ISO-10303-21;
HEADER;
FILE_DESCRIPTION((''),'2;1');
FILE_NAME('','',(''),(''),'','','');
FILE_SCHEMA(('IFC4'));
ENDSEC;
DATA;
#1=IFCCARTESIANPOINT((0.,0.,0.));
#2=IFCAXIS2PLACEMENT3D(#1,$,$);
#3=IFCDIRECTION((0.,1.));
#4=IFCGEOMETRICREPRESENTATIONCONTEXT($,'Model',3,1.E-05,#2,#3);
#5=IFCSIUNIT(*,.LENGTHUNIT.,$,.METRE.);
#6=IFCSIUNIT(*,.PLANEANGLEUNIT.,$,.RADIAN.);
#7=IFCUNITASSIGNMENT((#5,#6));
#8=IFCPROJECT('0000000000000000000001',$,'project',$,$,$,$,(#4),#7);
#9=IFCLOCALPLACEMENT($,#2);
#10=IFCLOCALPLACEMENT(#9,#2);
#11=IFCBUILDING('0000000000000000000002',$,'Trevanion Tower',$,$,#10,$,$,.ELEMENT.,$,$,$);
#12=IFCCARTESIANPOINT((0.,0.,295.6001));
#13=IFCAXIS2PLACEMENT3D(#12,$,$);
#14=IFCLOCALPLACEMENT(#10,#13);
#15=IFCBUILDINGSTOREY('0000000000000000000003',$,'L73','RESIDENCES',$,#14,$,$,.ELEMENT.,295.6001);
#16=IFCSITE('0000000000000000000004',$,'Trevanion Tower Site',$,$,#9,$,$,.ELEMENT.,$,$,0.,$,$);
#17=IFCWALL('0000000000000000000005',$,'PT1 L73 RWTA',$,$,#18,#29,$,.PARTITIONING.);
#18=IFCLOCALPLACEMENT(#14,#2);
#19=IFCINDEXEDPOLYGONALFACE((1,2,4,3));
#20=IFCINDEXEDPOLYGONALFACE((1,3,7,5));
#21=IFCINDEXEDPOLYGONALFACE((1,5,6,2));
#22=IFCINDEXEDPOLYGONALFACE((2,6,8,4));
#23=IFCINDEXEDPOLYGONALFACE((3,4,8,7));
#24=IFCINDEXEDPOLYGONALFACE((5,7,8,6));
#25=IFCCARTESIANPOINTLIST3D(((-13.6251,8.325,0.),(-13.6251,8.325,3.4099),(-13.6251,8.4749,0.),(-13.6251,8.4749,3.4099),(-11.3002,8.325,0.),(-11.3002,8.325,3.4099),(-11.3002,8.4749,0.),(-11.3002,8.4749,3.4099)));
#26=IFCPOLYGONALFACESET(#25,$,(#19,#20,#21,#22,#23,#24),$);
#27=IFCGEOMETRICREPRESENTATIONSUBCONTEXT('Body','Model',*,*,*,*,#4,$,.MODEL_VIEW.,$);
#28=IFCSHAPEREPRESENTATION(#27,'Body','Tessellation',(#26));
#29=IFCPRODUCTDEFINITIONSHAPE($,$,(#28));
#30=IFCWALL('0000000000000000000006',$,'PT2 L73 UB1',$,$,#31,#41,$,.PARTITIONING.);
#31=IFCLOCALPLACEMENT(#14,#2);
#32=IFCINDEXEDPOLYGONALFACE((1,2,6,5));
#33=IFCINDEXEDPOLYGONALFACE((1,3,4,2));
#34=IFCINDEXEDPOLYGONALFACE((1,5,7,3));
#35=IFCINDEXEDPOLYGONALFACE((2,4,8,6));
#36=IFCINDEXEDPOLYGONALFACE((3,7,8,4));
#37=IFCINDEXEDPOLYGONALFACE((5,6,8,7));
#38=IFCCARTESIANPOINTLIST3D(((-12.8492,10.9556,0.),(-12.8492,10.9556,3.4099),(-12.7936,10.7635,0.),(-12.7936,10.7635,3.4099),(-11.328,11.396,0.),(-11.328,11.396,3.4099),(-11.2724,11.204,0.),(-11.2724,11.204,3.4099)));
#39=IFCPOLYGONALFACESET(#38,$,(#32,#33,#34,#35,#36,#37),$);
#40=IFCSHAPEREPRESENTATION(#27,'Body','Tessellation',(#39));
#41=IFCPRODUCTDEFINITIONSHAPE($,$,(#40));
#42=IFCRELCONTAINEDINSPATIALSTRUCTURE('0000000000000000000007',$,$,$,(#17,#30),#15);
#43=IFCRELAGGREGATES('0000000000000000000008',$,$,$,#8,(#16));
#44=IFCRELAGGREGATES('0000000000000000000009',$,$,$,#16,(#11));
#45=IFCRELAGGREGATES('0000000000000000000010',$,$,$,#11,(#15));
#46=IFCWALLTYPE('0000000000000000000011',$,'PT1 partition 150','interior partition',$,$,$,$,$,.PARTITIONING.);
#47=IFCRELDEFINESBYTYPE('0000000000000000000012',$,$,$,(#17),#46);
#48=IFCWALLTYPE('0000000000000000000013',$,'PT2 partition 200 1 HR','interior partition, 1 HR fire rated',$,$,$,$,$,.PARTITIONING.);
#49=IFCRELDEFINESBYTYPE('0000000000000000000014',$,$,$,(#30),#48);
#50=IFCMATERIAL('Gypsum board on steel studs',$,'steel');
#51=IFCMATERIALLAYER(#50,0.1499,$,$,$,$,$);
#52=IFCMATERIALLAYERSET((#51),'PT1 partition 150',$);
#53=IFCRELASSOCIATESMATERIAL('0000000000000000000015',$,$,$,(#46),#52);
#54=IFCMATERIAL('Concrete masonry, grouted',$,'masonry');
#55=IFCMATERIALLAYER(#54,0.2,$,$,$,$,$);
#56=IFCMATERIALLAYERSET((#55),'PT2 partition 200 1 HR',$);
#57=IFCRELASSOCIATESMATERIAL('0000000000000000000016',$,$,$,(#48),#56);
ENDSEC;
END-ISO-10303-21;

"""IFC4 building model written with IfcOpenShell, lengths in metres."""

from ifc_helpers import new_model, si_unit, direction, frame, frame_2d, origin, place, context, subcontext, project, spatial, rectangle, extrude, material, layer, layer_set, type_object, element, save


model = new_model("IFC4")

# Units and contexts
model_context = context("Model", 3, precision=1e-05, world=origin(), true_north=direction((0.0, 1.0)))
body_context = subcontext(model_context, "Body", "Model", "MODEL_VIEW")
ifc_project = project(units=[si_unit("LENGTHUNIT", "METRE"), si_unit("PLANEANGLEUNIT", "RADIAN")], contexts=[model_context])

# Site, building, storey
site_placement = place(None, origin())
site = spatial("IfcSite", under=ifc_project, at=site_placement, Name="Trevanion Tower Site", CompositionType="ELEMENT", RefElevation=0.0)
building_placement = place(site_placement, origin())
building = spatial("IfcBuilding", under=site, at=building_placement, Name="Trevanion Tower", CompositionType="ELEMENT")
storey_placement = place(building_placement, frame((0.0, 0.0, 295.6001)))
storey = spatial("IfcBuildingStorey", under=building, at=storey_placement, Name="L73", Description="RESIDENCES", CompositionType="ELEMENT", Elevation=295.6001)

# Walls
ifc_material_1 = material(Name="Gypsum board on steel studs", Category="steel")
ifc_layer_1 = layer(ifc_material_1, 0.1499)
ifc_layer_set_1 = layer_set([ifc_layer_1], Name="PT1 partition 150")
wall_type_1 = type_object("IfcWallType", Name="PT1 partition 150", Description="interior partition", PredefinedType="PARTITIONING", material=ifc_layer_set_1)
wall_1_placement = place(storey_placement, frame((-11.3, 8.3999, 0.0), z_axis=(0.0, 0.0, 1.0), x_axis=(-1.0, 0.0, 0.0)))
element("IfcWall", 1, at=wall_1_placement, inside=storey, type_object=wall_type_1, Name="PT1 L73 RWTA", PredefinedType="PARTITIONING", context=body_context, shape_type="SweptSolid", body=[
    extrude(rectangle(XDim=2.325, YDim=0.1499, at=frame_2d((1.1626, 0.0))), origin(), (0.0, 0.0, 1.0), 3.4099),
])
ifc_material_2 = material(Name="Concrete masonry, grouted", Category="masonry")
ifc_layer_2 = layer(ifc_material_2, 0.2)
ifc_layer_set_2 = layer_set([ifc_layer_2], Name="PT2 partition 200 1 HR")
wall_type_2 = type_object("IfcWallType", Name="PT2 partition 200 1 HR", Description="interior partition, 1 HR fire rated", PredefinedType="PARTITIONING", material=ifc_layer_set_2)
wall_2_placement = place(storey_placement, frame((-11.3, 11.3, 0.0), z_axis=(0.0, 0.0, 1.0), x_axis=(-0.960552, -0.278099, 0.0)))
element("IfcWall", 2, at=wall_2_placement, inside=storey, type_object=wall_type_2, Name="PT2 L73 UB1", PredefinedType="PARTITIONING", context=body_context, shape_type="SweptSolid", body=[
    extrude(rectangle(XDim=1.5837, YDim=0.2, at=frame_2d((0.792, 0.0))), origin(), (0.0, 0.0, 1.0), 3.4099),
])

save(model, "model.ifc")
